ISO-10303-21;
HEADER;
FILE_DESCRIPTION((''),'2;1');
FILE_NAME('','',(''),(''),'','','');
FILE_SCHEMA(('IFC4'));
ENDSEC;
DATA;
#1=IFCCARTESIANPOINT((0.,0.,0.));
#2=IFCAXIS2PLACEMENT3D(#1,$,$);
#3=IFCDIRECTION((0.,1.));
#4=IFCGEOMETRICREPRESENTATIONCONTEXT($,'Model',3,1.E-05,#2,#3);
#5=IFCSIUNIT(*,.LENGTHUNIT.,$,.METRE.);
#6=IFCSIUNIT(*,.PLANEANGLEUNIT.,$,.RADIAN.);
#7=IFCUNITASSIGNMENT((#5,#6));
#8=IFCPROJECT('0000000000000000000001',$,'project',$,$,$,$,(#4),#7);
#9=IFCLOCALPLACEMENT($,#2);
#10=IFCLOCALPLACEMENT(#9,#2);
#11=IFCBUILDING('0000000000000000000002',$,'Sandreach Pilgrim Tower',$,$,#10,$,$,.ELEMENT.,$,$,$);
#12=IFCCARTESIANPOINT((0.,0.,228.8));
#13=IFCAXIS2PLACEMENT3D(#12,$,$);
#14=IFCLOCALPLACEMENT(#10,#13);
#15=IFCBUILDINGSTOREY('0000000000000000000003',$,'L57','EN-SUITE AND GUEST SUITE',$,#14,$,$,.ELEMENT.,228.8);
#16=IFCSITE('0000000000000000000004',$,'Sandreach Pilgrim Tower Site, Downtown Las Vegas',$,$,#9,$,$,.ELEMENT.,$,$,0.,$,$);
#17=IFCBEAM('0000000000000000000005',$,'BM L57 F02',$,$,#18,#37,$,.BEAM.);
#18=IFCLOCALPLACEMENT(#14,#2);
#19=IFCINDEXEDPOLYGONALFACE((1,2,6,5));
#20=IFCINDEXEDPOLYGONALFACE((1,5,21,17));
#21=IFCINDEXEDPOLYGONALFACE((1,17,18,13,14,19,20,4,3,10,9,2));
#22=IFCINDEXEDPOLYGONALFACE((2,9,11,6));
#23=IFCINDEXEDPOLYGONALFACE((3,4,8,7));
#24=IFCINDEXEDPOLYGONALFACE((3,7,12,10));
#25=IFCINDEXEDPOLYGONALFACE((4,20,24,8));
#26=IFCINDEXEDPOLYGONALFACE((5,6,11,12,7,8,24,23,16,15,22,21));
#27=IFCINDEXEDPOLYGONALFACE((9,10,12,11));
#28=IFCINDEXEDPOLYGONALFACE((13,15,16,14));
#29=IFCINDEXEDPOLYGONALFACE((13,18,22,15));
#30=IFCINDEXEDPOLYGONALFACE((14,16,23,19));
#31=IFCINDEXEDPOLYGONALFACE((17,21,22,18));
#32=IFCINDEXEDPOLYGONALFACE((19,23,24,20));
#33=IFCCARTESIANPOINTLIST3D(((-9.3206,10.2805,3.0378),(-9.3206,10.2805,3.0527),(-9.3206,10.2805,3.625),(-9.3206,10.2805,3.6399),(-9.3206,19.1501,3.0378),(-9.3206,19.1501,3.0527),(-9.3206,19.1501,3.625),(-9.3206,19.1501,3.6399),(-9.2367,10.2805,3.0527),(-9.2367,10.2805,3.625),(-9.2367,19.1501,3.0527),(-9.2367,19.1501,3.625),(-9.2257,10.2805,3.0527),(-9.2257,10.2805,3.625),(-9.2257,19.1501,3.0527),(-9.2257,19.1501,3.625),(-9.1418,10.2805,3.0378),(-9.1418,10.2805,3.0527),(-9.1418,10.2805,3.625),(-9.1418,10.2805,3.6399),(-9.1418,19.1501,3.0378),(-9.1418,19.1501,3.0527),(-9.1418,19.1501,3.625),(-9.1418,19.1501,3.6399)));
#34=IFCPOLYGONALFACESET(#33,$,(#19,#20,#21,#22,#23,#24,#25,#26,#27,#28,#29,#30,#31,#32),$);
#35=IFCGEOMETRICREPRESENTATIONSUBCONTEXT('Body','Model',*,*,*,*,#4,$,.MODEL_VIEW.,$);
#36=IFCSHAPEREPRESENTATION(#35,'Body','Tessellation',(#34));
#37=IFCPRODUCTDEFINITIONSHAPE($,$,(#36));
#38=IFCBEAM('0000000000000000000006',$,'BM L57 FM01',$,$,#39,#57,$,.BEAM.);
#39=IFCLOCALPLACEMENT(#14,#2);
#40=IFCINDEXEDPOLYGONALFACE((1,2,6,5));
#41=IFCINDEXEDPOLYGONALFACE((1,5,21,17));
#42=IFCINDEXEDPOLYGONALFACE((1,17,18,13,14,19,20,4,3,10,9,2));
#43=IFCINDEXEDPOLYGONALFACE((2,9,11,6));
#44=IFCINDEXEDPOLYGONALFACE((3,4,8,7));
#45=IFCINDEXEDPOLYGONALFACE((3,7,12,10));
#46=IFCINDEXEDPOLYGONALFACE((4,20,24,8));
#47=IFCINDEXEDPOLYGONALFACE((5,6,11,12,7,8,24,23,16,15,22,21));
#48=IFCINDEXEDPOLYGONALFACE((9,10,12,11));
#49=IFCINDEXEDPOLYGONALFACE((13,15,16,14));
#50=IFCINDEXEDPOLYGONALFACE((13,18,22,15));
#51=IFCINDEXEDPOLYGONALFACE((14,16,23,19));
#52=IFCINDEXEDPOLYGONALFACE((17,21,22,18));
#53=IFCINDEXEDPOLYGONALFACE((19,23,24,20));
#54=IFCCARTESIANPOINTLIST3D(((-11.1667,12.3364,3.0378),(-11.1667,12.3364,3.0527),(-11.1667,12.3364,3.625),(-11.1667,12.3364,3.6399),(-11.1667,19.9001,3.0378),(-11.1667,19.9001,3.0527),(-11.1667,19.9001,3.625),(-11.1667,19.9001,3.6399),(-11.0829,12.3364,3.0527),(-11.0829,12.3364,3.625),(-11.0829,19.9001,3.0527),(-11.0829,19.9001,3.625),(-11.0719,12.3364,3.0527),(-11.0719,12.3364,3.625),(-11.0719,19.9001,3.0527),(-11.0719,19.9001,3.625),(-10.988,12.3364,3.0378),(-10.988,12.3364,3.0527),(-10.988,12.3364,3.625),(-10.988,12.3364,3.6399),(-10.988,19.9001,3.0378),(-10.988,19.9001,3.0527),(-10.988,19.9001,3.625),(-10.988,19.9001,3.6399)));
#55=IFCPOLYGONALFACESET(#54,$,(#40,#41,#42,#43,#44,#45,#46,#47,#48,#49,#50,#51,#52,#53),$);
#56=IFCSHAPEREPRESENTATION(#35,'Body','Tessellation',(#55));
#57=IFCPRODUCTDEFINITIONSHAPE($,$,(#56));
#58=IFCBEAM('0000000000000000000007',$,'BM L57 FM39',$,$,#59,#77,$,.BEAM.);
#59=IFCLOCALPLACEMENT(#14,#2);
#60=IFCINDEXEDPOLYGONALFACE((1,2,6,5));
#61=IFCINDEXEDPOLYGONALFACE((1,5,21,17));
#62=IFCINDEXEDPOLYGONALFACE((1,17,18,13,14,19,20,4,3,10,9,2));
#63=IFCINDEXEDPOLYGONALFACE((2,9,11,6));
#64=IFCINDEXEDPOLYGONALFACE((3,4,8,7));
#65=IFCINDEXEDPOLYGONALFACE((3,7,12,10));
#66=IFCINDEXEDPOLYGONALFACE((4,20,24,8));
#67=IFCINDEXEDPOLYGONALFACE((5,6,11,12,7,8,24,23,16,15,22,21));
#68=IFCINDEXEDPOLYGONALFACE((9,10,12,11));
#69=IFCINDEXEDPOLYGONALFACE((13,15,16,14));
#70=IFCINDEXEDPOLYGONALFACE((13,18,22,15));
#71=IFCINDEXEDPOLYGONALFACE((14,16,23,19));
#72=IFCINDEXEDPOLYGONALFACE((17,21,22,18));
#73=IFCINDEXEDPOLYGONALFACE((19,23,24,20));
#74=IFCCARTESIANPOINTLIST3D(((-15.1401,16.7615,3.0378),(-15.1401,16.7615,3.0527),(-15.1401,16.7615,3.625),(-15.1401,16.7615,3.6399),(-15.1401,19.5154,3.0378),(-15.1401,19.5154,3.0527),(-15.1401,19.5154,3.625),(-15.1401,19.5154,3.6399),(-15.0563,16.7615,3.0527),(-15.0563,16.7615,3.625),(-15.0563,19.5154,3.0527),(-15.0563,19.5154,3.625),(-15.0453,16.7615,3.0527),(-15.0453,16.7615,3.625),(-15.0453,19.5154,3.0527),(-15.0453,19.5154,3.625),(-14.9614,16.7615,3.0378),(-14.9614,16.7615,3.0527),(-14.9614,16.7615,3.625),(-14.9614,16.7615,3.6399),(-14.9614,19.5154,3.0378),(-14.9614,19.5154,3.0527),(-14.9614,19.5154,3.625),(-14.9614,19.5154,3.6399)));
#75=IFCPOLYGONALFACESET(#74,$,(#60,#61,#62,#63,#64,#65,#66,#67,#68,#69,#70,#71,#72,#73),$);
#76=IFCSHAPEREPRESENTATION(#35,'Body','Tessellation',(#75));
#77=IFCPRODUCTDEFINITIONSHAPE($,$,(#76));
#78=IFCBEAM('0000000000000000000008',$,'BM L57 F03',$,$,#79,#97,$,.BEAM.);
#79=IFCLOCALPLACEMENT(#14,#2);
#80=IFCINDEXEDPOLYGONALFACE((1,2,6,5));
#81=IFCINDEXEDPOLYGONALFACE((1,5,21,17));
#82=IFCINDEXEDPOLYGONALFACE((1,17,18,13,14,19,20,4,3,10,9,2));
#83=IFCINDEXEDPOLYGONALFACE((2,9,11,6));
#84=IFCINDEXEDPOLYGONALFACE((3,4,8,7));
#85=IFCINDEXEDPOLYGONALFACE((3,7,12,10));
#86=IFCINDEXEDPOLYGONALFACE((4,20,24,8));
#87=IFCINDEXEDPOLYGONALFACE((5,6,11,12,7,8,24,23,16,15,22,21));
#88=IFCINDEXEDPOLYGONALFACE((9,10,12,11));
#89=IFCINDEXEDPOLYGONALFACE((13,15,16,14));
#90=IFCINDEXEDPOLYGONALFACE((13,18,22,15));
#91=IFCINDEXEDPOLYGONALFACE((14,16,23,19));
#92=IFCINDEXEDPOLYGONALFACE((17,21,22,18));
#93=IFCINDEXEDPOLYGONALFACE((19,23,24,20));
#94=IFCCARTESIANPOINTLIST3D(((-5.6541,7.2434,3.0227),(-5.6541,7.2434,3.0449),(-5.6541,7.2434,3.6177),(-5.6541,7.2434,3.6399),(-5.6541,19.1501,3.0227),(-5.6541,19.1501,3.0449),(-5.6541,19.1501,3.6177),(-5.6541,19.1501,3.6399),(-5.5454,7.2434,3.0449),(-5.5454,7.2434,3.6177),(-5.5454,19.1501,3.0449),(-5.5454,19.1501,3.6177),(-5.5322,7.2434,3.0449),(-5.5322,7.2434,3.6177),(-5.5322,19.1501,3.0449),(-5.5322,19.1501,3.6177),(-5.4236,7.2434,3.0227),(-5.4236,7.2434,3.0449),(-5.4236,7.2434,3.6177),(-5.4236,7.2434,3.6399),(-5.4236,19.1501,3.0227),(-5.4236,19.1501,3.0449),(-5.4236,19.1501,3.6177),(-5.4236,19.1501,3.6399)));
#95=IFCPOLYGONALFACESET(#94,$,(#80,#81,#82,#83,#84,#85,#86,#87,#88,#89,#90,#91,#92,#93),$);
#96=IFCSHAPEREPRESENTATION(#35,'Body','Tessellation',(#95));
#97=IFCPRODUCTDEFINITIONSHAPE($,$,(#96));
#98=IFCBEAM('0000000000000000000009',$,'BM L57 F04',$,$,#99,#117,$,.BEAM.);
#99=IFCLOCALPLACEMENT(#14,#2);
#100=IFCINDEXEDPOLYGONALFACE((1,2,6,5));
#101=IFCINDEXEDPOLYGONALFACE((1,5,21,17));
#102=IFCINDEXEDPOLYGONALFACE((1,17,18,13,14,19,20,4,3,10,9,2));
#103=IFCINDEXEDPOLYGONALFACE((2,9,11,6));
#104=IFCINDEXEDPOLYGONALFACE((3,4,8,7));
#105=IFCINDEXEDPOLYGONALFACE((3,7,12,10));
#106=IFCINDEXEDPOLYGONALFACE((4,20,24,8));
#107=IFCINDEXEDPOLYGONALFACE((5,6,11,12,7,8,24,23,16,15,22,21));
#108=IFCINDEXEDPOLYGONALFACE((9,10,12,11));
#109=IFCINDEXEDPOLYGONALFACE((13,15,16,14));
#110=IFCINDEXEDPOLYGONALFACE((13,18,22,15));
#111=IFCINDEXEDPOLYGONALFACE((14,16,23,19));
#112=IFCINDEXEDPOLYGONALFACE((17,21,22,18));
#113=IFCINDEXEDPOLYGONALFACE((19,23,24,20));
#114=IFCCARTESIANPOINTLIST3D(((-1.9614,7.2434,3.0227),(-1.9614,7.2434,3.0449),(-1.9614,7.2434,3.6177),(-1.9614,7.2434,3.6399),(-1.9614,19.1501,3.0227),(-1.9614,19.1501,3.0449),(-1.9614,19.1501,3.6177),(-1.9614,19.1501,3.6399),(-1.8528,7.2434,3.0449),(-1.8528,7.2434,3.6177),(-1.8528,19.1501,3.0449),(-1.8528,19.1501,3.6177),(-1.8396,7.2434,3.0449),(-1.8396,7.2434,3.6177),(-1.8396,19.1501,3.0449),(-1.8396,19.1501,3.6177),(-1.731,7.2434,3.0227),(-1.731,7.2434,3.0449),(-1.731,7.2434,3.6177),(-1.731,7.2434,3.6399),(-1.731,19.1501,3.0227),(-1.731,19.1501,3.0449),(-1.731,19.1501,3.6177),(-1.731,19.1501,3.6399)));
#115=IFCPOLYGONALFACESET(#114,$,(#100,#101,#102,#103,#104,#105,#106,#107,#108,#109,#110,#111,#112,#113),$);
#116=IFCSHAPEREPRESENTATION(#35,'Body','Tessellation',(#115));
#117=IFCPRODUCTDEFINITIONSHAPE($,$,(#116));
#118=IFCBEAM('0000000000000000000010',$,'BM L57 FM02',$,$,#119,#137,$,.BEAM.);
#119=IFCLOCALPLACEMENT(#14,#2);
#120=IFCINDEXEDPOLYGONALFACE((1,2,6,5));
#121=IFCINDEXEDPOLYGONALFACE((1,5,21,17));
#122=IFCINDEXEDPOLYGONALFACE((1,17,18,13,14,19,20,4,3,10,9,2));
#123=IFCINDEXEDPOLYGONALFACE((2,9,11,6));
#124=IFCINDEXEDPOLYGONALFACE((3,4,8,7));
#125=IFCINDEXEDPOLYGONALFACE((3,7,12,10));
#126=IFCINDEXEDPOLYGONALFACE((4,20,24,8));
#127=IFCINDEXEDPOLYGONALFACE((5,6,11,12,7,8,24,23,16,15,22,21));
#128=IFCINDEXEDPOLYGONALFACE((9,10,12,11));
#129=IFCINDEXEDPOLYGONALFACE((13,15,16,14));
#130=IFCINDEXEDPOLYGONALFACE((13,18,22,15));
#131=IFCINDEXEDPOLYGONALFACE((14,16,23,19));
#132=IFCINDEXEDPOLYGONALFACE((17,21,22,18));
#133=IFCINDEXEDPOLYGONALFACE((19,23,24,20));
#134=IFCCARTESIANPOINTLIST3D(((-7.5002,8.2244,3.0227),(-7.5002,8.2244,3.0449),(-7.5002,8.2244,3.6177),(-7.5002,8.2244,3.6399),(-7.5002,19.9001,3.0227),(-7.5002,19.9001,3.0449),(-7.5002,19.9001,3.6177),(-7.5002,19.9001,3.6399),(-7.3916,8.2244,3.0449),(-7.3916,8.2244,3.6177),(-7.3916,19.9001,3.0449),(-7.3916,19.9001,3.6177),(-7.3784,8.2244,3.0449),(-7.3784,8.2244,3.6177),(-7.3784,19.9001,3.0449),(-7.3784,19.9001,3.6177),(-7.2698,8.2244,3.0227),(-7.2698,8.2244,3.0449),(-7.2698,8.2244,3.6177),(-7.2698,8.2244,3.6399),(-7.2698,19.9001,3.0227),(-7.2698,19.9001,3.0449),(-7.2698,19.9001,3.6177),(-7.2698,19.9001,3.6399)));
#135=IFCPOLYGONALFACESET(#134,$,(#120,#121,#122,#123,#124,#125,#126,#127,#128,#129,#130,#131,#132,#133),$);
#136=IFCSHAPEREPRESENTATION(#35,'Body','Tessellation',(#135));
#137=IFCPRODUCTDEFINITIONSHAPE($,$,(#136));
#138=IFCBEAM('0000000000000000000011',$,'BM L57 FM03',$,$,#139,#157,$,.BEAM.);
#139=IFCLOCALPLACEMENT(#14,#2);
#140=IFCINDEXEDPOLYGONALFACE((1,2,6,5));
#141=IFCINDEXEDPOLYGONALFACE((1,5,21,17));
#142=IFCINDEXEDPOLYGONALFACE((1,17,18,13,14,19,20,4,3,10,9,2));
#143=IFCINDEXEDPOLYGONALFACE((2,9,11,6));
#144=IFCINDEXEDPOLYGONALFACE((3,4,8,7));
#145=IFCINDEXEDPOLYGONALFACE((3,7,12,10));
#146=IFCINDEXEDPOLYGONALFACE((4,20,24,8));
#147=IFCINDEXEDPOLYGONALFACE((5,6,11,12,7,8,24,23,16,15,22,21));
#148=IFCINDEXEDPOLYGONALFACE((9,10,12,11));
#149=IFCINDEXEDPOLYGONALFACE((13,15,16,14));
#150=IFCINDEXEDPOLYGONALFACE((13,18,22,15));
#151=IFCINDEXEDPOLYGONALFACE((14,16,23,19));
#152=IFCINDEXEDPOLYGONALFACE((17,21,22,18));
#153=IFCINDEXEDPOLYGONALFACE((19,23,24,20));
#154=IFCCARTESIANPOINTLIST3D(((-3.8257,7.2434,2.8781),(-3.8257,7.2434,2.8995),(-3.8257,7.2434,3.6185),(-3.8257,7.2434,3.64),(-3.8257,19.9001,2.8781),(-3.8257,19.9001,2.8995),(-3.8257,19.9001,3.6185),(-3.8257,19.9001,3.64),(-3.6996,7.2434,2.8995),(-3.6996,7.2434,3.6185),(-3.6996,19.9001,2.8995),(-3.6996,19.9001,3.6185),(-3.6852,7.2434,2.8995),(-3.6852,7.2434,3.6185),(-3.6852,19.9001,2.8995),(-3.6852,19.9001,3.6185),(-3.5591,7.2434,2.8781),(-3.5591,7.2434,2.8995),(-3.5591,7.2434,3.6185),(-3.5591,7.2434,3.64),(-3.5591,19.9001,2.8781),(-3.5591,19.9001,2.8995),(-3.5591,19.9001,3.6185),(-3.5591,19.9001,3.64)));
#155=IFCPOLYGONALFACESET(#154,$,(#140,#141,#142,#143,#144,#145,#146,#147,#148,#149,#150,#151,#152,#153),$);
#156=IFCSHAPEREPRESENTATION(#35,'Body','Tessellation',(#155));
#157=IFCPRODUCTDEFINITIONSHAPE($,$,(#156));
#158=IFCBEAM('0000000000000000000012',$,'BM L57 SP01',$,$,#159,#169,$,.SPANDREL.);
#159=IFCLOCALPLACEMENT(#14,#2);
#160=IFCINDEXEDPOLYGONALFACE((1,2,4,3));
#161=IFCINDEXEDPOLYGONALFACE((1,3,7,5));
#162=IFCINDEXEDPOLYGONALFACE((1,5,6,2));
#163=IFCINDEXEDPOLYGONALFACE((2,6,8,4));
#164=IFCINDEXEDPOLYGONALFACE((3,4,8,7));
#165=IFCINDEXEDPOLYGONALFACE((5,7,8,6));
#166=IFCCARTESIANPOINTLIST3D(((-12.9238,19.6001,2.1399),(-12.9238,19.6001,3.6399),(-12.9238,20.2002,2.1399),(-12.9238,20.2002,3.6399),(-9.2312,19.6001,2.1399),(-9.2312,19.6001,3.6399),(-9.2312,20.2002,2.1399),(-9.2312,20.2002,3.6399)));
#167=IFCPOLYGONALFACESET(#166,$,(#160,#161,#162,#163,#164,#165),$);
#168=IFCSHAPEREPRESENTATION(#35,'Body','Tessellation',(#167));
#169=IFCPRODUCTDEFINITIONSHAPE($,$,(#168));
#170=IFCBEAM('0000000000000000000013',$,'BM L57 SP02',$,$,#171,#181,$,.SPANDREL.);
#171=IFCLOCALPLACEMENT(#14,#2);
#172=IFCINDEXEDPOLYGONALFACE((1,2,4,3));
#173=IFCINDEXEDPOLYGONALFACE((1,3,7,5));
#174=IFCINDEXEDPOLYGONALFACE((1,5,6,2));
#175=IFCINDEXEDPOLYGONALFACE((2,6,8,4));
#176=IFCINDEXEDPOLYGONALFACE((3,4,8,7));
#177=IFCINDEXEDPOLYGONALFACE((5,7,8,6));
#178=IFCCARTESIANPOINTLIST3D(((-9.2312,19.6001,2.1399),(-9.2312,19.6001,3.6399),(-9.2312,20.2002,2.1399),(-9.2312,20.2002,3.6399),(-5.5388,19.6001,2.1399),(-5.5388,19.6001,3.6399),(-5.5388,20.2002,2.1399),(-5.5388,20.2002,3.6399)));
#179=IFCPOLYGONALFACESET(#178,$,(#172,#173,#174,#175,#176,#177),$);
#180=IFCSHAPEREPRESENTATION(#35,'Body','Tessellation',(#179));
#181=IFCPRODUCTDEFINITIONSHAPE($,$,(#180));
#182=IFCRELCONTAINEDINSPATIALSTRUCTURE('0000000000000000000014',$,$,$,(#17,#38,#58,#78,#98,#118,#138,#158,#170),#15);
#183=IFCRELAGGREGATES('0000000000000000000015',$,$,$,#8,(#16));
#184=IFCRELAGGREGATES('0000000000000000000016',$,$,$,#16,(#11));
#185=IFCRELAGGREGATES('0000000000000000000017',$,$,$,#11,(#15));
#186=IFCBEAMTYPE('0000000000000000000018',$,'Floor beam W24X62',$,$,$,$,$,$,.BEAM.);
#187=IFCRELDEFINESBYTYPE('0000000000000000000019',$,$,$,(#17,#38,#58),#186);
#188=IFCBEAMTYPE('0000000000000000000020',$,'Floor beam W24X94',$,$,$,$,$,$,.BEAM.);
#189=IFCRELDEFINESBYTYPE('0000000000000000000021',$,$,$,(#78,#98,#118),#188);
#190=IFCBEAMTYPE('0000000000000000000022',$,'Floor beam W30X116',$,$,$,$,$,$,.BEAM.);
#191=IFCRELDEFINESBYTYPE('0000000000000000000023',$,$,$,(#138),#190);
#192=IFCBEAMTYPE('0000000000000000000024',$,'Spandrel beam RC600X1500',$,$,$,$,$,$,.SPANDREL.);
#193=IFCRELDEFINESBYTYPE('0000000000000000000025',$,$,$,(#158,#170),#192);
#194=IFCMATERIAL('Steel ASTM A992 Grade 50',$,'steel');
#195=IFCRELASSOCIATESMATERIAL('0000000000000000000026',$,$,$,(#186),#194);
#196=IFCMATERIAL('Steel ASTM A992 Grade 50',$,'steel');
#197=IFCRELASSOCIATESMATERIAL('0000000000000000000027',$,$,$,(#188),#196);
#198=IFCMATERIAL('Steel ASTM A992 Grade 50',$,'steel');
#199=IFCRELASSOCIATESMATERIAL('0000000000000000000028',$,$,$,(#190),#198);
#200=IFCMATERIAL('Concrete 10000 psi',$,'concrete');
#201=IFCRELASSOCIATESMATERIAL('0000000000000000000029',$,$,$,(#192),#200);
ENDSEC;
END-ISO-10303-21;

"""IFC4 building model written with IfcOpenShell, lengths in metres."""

from ifc_helpers import new_model, si_unit, direction, frame, origin, origin_2d, place, context, subcontext, project, spatial, rectangle, i_section, extrude, material, material_profile, profile_set, type_object, element, save


model = new_model("IFC4")

# Units and contexts
model_context = context("Model", 3, precision=1e-05, world=origin(), true_north=direction((0.0, 1.0)))
body_context = subcontext(model_context, "Body", "Model", "MODEL_VIEW")
ifc_project = project(units=[si_unit("LENGTHUNIT", "METRE"), si_unit("PLANEANGLEUNIT", "RADIAN")], contexts=[model_context])

# Site, building, storey
site_placement = place(None, origin())
site = spatial("IfcSite", under=ifc_project, at=site_placement, Name="Sandreach Pilgrim Tower Site, Downtown Las Vegas", CompositionType="ELEMENT", RefElevation=0.0)
building_placement = place(site_placement, origin())
building = spatial("IfcBuilding", under=site, at=building_placement, Name="Sandreach Pilgrim Tower", CompositionType="ELEMENT")
storey_placement = place(building_placement, frame((0.0, 0.0, 228.8)))
storey = spatial("IfcBuildingStorey", under=building, at=storey_placement, Name="L57", Description="EN-SUITE AND GUEST SUITE", CompositionType="ELEMENT", Elevation=228.8)

# Beams
ifc_material_1 = material(Name="Steel ASTM A992 Grade 50", Category="steel")
ifc_material_profile_1 = material_profile(ifc_material_1, i_section(OverallWidth=0.1787, OverallDepth=0.6021, WebThickness=0.011, FlangeThickness=0.0149, at=origin_2d()), Name="W24X62")
ifc_profile_set_1 = profile_set([ifc_material_profile_1], Name="Steel ASTM A992 Grade 50")
beam_type_1 = type_object("IfcBeamType", Name="Floor beam W24X62", PredefinedType="BEAM", material=ifc_profile_set_1)
beam_1_placement = place(storey_placement, frame((-9.2312, 19.1501, 3.3389), z_axis=(0.0, -1.0, 0.0), x_axis=(1.0, 0.0, 0.0)))
element("IfcBeam", 1, at=beam_1_placement, inside=storey, type_object=beam_type_1, Name="BM L57 F02", PredefinedType="BEAM", context=body_context, shape_type="SweptSolid", body=[
    extrude(i_section(OverallWidth=0.1787, OverallDepth=0.6021, WebThickness=0.011, FlangeThickness=0.0149, at=origin_2d()), origin(), (0.0, 0.0, 1.0), 8.8696),
])
beam_2_placement = place(storey_placement, frame((-11.0774, 19.9001, 3.3389), z_axis=(0.0, -1.0, 0.0), x_axis=(1.0, 0.0, 0.0)))
element("IfcBeam", 2, at=beam_2_placement, inside=storey, type_object=beam_type_1, Name="BM L57 FM01", PredefinedType="BEAM", context=body_context, shape_type="SweptSolid", body=[
    extrude(i_section(OverallWidth=0.1787, OverallDepth=0.6021, WebThickness=0.011, FlangeThickness=0.0149, at=origin_2d()), origin(), (0.0, 0.0, 1.0), 7.5637),
])
beam_3_placement = place(storey_placement, frame((-15.0508, 19.5154, 3.3389), z_axis=(0.0, -1.0, 0.0), x_axis=(1.0, 0.0, 0.0)))
element("IfcBeam", 3, at=beam_3_placement, inside=storey, type_object=beam_type_1, Name="BM L57 FM39", PredefinedType="BEAM", context=body_context, shape_type="SweptSolid", body=[
    extrude(i_section(OverallWidth=0.1787, OverallDepth=0.6021, WebThickness=0.011, FlangeThickness=0.0149, at=origin_2d()), origin(), (0.0, 0.0, 1.0), 2.7539),
])
ifc_material_2 = material(Name="Steel ASTM A992 Grade 50", Category="steel")
ifc_material_profile_2 = material_profile(ifc_material_2, i_section(OverallWidth=0.2305, OverallDepth=0.6172, WebThickness=0.0132, FlangeThickness=0.0222, at=origin_2d()), Name="W24X94")
ifc_profile_set_2 = profile_set([ifc_material_profile_2], Name="Steel ASTM A992 Grade 50")
beam_type_2 = type_object("IfcBeamType", Name="Floor beam W24X94", PredefinedType="BEAM", material=ifc_profile_set_2)
for number, where, z_axis, x_axis, name in (
    (4, (-5.5388, 19.1501, 3.3313), (0.0, -1.0, 0.0), (1.0, 0.0, 0.0), "BM L57 F03"),
    (5, (-1.8462, 19.1501, 3.3313), (0.0, -1.0, 0.0), (1.0, 0.0, 0.0), "BM L57 F04"),
):
    element("IfcBeam", number, at=place(storey_placement, frame(where, z_axis=z_axis, x_axis=x_axis)), inside=storey, type_object=beam_type_2, Name=name, PredefinedType="BEAM", context=body_context, shape_type="SweptSolid", body=[
        extrude(i_section(OverallWidth=0.2305, OverallDepth=0.6172, WebThickness=0.0132, FlangeThickness=0.0222, at=origin_2d()), origin(), (0.0, 0.0, 1.0), 11.9067),
    ])
beam_4_placement = place(storey_placement, frame((-7.385, 19.9001, 3.3313), z_axis=(0.0, -1.0, 0.0), x_axis=(1.0, 0.0, 0.0)))
element("IfcBeam", 6, at=beam_4_placement, inside=storey, type_object=beam_type_2, Name="BM L57 FM02", PredefinedType="BEAM", context=body_context, shape_type="SweptSolid", body=[
    extrude(i_section(OverallWidth=0.2305, OverallDepth=0.6172, WebThickness=0.0132, FlangeThickness=0.0222, at=origin_2d()), origin(), (0.0, 0.0, 1.0), 11.6758),
])
ifc_material_3 = material(Name="Steel ASTM A992 Grade 50", Category="steel")
ifc_material_profile_3 = material_profile(ifc_material_3, i_section(OverallWidth=0.2666, OverallDepth=0.762, WebThickness=0.0144, FlangeThickness=0.0215, at=origin_2d()), Name="W30X116")
ifc_profile_set_3 = profile_set([ifc_material_profile_3], Name="Steel ASTM A992 Grade 50")
beam_type_3 = type_object("IfcBeamType", Name="Floor beam W30X116", PredefinedType="BEAM", material=ifc_profile_set_3)
beam_5_placement = place(storey_placement, frame((-3.6924, 19.9001, 3.259), z_axis=(0.0, -1.0, 0.0), x_axis=(1.0, 0.0, 0.0)))
element("IfcBeam", 7, at=beam_5_placement, inside=storey, type_object=beam_type_3, Name="BM L57 FM03", PredefinedType="BEAM", context=body_context, shape_type="SweptSolid", body=[
    extrude(i_section(OverallWidth=0.2666, OverallDepth=0.762, WebThickness=0.0144, FlangeThickness=0.0215, at=origin_2d()), origin(), (0.0, 0.0, 1.0), 12.6567),
])
ifc_material_4 = material(Name="Concrete 10000 psi", Category="concrete")
ifc_material_profile_4 = material_profile(ifc_material_4, rectangle(XDim=0.6001, YDim=1.5, at=origin_2d()), Name="RC600X1500")
ifc_profile_set_4 = profile_set([ifc_material_profile_4], Name="Concrete 10000 psi")
beam_type_4 = type_object("IfcBeamType", Name="Spandrel beam RC600X1500", PredefinedType="SPANDREL", material=ifc_profile_set_4)
beam_6_placement = place(storey_placement, frame((-12.9238, 19.9001, 2.8899), z_axis=(1.0, 0.0, 0.0), x_axis=(0.0, 1.0, 0.0)))
element("IfcBeam", 8, at=beam_6_placement, inside=storey, type_object=beam_type_4, Name="BM L57 SP01", PredefinedType="SPANDREL", context=body_context, shape_type="SweptSolid", body=[
    extrude(rectangle(XDim=0.6001, YDim=1.5, at=origin_2d()), origin(), (0.0, 0.0, 1.0), 3.6926),
])
beam_7_placement = place(storey_placement, frame((-9.2312, 19.9001, 2.8899), z_axis=(1.0, 0.0, 0.0), x_axis=(0.0, 1.0, 0.0)))
element("IfcBeam", 9, at=beam_7_placement, inside=storey, type_object=beam_type_4, Name="BM L57 SP02", PredefinedType="SPANDREL", context=body_context, shape_type="SweptSolid", body=[
    extrude(rectangle(XDim=0.6001, YDim=1.5, at=origin_2d()), origin(), (0.0, 0.0, 1.0), 3.6924),
])

save(model, "model.ifc")
